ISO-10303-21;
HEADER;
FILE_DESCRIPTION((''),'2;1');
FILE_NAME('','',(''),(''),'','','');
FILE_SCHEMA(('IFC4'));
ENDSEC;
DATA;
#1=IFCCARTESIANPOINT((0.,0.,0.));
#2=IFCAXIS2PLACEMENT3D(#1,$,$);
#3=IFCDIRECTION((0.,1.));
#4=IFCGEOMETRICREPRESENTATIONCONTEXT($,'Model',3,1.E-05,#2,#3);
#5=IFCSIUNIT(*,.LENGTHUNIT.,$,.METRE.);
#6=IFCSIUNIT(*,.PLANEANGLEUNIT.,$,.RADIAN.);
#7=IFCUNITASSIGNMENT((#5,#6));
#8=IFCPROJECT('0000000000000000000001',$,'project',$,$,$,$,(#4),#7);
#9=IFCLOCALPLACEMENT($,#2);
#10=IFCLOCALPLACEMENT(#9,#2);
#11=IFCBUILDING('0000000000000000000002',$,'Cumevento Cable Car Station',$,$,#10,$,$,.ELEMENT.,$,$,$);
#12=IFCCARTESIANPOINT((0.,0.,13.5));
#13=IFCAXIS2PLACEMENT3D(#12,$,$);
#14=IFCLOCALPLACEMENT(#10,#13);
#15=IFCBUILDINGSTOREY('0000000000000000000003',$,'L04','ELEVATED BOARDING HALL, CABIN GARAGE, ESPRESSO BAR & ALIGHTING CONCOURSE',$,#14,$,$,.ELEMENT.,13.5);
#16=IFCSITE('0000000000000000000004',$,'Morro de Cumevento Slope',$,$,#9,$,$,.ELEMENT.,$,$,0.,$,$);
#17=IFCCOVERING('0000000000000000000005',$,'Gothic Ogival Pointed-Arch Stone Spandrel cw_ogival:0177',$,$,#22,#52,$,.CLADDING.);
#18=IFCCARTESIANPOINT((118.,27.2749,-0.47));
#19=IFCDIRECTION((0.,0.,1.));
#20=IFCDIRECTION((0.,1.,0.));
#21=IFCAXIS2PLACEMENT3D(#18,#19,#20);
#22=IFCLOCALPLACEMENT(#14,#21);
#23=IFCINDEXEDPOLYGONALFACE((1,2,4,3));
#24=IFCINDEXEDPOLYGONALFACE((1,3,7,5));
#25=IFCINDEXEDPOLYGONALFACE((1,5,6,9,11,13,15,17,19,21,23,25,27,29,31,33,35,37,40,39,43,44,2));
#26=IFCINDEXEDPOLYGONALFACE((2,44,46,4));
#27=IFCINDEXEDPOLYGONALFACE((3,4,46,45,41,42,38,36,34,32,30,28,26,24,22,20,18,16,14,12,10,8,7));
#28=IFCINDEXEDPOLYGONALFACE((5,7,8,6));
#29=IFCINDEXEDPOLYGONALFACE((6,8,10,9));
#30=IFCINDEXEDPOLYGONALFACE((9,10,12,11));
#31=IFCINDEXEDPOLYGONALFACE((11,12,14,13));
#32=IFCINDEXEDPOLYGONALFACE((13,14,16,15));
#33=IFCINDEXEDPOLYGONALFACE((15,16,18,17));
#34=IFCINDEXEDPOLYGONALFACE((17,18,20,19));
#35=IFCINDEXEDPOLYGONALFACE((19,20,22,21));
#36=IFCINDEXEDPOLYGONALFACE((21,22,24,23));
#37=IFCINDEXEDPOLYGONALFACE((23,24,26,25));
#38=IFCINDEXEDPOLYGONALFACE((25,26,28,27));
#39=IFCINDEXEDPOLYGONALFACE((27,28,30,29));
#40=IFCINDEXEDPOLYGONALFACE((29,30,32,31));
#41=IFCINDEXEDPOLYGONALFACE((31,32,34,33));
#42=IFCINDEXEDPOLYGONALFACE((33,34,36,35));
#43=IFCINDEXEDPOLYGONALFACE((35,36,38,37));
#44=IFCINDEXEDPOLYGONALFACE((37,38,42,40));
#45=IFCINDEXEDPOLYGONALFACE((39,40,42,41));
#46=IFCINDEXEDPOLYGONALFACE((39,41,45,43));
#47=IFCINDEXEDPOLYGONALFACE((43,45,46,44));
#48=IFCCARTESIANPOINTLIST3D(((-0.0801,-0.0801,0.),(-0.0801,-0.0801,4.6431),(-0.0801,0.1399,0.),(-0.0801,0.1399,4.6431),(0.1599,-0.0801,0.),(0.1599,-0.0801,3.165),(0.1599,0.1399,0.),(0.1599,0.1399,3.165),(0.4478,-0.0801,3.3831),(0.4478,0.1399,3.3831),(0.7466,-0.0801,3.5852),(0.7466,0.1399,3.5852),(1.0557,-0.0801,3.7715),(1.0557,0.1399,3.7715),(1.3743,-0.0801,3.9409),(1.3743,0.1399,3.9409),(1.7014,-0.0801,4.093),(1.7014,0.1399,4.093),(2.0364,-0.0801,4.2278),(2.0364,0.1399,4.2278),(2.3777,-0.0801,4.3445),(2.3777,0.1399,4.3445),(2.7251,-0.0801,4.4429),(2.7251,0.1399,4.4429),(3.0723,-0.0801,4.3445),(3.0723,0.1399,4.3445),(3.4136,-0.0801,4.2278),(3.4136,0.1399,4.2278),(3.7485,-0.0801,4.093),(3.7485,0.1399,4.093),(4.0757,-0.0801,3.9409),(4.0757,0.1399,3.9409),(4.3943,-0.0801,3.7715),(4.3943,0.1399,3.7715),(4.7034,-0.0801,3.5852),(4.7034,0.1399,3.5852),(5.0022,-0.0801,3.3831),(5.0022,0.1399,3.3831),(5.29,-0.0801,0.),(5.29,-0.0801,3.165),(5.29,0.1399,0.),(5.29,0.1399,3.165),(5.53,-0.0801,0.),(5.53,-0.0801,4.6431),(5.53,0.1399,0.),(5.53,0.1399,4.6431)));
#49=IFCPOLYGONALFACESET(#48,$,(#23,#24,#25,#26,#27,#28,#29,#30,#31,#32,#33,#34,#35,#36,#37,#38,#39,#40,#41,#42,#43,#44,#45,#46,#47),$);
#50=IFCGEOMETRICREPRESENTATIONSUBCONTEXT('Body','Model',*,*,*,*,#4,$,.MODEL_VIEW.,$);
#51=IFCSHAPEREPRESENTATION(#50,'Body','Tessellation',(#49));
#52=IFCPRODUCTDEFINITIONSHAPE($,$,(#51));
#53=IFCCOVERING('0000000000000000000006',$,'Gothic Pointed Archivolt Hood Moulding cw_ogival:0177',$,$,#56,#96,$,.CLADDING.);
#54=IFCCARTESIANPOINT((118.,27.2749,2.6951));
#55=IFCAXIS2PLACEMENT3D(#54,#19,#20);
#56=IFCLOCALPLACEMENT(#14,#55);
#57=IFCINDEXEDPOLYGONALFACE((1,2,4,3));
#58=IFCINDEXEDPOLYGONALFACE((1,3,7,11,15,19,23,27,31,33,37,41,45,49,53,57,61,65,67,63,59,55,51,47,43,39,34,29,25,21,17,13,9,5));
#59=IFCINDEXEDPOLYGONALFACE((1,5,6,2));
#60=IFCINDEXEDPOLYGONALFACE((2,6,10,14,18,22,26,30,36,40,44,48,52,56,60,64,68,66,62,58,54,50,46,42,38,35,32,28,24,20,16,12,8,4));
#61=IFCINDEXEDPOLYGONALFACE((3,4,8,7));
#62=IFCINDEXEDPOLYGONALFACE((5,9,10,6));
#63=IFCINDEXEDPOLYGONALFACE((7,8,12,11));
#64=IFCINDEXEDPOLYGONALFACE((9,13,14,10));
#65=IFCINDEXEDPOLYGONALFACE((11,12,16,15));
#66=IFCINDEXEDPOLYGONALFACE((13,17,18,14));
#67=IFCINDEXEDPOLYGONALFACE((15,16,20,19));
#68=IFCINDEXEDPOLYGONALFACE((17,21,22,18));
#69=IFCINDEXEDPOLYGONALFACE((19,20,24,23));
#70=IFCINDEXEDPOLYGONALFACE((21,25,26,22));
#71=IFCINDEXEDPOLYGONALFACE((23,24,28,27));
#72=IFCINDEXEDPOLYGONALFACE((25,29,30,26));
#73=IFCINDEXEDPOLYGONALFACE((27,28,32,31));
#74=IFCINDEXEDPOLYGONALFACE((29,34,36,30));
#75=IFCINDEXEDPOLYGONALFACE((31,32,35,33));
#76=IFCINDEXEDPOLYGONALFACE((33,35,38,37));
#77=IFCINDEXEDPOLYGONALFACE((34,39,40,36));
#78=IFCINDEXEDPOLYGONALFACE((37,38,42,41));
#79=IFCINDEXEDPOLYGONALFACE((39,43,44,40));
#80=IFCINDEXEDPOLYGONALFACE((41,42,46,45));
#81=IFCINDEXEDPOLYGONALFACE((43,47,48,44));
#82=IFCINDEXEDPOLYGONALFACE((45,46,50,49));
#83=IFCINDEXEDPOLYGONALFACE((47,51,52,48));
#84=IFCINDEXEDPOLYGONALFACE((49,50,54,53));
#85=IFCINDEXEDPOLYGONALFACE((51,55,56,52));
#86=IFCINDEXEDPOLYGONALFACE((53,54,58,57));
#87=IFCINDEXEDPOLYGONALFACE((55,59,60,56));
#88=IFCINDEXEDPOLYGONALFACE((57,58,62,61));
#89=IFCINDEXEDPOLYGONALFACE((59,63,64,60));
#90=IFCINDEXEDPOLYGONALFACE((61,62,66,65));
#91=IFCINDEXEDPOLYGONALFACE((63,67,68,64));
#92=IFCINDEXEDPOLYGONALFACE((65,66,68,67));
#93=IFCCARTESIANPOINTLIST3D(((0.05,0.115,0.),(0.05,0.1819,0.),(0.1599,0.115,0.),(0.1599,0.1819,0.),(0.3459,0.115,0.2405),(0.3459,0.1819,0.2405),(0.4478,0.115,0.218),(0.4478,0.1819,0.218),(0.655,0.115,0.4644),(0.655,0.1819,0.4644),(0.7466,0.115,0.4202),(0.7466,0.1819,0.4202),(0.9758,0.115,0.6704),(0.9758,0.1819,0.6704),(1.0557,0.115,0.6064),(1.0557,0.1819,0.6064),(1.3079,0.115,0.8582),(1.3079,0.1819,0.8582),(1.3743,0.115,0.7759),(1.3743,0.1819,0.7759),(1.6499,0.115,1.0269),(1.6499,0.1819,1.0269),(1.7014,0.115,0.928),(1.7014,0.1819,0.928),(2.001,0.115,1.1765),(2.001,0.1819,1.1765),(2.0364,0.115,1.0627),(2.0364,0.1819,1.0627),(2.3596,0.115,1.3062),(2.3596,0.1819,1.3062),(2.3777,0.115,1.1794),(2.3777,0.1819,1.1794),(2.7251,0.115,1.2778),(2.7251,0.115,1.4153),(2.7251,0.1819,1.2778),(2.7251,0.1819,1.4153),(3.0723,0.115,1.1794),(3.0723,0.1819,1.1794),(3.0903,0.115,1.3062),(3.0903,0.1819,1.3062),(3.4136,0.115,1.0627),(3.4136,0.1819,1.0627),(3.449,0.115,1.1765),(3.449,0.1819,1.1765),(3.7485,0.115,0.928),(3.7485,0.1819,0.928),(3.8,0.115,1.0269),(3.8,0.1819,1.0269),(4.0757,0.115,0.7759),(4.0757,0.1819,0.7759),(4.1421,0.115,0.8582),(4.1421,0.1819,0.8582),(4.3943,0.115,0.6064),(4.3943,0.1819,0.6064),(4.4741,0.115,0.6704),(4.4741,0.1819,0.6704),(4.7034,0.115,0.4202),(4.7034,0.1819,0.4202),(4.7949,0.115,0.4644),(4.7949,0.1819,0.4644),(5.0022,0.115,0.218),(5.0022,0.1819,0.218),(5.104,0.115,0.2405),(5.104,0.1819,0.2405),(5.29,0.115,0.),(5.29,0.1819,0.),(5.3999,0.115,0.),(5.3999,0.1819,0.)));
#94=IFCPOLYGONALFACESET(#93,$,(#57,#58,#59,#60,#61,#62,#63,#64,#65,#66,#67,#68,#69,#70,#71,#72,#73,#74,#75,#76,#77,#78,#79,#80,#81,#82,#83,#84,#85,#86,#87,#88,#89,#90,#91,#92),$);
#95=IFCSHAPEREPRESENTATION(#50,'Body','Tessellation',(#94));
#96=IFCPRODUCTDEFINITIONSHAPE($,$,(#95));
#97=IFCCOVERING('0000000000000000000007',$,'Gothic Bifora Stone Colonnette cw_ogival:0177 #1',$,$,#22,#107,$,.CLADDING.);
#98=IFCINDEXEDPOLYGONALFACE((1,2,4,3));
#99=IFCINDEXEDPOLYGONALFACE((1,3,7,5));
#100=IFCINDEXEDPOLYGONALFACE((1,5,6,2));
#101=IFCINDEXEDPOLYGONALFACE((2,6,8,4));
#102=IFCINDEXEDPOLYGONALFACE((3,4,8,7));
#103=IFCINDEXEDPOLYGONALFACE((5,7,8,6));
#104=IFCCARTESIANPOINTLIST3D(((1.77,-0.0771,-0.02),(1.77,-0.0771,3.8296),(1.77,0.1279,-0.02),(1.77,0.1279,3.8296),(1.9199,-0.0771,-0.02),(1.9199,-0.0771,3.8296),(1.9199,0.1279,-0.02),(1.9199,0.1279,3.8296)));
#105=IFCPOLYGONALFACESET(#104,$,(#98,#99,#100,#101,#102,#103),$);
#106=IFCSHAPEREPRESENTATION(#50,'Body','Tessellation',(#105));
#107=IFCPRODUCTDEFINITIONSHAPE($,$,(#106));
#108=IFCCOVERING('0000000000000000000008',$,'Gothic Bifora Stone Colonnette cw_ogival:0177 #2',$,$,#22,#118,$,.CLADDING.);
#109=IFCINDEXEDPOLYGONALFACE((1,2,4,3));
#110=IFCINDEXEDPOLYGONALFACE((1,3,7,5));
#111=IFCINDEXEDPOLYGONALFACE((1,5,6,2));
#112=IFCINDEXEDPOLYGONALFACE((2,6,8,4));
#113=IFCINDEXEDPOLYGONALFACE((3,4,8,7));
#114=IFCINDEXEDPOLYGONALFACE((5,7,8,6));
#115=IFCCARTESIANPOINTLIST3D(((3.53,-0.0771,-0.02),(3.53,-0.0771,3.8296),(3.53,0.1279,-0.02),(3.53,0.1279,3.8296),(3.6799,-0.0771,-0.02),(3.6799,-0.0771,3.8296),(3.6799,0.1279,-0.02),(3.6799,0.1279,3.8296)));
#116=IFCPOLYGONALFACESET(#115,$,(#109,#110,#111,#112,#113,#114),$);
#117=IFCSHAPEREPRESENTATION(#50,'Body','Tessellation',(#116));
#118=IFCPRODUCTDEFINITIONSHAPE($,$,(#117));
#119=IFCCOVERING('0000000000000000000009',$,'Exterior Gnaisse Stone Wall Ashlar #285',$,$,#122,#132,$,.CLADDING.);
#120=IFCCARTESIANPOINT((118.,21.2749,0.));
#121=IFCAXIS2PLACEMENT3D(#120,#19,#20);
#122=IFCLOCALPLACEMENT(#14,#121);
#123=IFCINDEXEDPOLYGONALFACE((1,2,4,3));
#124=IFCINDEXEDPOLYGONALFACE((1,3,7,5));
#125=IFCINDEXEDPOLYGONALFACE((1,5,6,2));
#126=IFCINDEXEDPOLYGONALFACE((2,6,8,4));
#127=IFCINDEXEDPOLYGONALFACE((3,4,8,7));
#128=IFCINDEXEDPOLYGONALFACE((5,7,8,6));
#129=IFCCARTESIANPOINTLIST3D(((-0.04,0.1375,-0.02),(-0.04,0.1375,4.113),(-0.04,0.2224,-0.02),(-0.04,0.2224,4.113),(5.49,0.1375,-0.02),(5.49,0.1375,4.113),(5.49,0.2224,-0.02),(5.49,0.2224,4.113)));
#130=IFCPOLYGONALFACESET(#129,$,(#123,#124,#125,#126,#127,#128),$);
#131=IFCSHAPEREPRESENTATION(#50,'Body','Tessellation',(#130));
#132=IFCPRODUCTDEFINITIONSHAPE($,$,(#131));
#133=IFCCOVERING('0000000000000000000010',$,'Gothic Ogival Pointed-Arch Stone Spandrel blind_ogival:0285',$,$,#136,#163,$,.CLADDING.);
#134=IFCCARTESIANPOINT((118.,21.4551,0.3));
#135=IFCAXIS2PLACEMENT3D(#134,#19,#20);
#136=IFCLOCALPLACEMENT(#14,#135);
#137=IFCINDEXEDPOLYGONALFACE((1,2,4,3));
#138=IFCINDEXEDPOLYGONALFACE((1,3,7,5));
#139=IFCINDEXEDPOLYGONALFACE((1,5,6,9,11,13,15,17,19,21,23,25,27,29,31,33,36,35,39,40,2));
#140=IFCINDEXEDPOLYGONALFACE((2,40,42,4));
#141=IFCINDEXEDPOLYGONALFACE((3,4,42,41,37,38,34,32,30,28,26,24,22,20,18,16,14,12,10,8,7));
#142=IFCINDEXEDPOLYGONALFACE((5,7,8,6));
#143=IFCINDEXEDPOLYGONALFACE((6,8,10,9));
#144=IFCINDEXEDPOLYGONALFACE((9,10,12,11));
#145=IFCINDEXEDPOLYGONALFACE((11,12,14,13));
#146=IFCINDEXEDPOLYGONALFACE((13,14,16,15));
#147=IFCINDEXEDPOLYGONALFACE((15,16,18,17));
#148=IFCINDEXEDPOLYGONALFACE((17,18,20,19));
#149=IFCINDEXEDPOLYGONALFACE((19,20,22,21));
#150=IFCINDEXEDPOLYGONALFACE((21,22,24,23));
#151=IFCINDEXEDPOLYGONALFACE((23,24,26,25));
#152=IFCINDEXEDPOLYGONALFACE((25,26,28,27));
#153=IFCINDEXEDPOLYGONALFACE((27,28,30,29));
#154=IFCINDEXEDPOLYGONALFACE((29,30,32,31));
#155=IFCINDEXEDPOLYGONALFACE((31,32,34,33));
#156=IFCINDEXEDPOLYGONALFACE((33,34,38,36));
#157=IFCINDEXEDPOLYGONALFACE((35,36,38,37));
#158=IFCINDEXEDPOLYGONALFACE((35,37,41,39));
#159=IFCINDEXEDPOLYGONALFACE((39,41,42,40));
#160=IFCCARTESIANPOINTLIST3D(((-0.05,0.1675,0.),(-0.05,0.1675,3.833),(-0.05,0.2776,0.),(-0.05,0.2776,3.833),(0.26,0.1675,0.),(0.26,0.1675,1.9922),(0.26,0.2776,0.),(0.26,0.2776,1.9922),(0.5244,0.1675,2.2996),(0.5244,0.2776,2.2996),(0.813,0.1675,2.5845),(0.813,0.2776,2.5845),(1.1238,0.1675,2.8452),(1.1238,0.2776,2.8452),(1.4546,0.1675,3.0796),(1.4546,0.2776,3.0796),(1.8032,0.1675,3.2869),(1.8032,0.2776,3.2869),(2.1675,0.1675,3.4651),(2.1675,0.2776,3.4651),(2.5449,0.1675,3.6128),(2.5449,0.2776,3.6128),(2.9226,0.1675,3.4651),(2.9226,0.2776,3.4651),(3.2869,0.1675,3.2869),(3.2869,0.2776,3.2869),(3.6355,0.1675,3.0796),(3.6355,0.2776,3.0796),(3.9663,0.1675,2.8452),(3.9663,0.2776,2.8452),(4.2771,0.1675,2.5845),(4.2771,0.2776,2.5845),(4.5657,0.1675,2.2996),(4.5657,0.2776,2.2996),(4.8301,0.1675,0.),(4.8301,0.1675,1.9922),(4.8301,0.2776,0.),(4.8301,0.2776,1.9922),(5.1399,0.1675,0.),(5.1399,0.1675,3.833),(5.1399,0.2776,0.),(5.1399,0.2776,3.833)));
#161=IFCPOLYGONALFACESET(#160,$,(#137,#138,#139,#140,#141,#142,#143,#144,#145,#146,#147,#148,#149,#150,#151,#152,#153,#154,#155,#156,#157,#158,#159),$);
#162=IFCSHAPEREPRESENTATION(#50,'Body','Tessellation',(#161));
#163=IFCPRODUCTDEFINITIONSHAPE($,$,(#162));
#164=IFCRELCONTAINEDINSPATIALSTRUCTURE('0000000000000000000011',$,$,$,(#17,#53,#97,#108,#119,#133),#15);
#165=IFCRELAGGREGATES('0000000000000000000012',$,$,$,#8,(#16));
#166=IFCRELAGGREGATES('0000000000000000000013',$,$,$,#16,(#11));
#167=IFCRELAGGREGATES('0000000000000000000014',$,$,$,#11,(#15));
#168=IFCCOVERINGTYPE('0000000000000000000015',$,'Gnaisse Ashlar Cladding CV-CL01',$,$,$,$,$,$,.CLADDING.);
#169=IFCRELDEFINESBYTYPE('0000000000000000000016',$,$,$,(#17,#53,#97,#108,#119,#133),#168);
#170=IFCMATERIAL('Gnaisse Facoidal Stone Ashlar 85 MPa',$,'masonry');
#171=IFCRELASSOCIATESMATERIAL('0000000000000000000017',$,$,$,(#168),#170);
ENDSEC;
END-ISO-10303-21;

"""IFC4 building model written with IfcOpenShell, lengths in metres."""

from ifc_helpers import new_model, si_unit, direction, frame, origin, place, context, subcontext, project, spatial, polyline, outline, extrude, material, type_object, element, save


model = new_model("IFC4")

# Units and contexts
model_context = context("Model", 3, precision=1e-05, world=origin(), true_north=direction((0.0, 1.0)))
body_context = subcontext(model_context, "Body", "Model", "MODEL_VIEW")
ifc_project = project(units=[si_unit("LENGTHUNIT", "METRE"), si_unit("PLANEANGLEUNIT", "RADIAN")], contexts=[model_context])

# Site, building, storey
site_placement = place(None, origin())
site = spatial("IfcSite", under=ifc_project, at=site_placement, Name="Morro de Cumevento Slope", CompositionType="ELEMENT", RefElevation=0.0)
building_placement = place(site_placement, origin())
building = spatial("IfcBuilding", under=site, at=building_placement, Name="Cumevento Cable Car Station", CompositionType="ELEMENT")
storey_placement = place(building_placement, frame((0.0, 0.0, 13.5)))
storey = spatial("IfcBuildingStorey", under=building, at=storey_placement, Name="L04", Description="ELEVATED BOARDING HALL, CABIN GARAGE, ESPRESSO BAR & ALIGHTING CONCOURSE", CompositionType="ELEMENT", Elevation=13.5)

# Coverings
ifc_material_1 = material(Name="Gnaisse Facoidal Stone Ashlar 85 MPa", Category="masonry")
covering_type = type_object("IfcCoveringType", Name="Gnaisse Ashlar Cladding CV-CL01", PredefinedType="CLADDING", material=ifc_material_1)
placement_1 = place(storey_placement, frame((118.0, 27.2749, -0.47), z_axis=(0.0, 0.0, 1.0), x_axis=(0.0, 1.0, 0.0)))
element("IfcCovering", 1, at=placement_1, inside=storey, type_object=covering_type, Name="Gothic Ogival Pointed-Arch Stone Spandrel cw_ogival:0177", PredefinedType="CLADDING", context=body_context, shape_type="SweptSolid", body=[
    extrude(outline(polyline([(-0.0801, 0.0), (-0.0801, 4.6431), (5.53, 4.6431), (5.53, 0.0), (5.29, 0.0), (5.29, 3.165), (5.0022, 3.3831), (4.7034, 3.5852), (4.3943, 3.7715), (4.0757, 3.9409), (3.7485, 4.093), (3.4136, 4.2278), (3.0723, 4.3445), (2.7251, 4.4429), (2.3777, 4.3445), (2.0364, 4.2278), (1.7014, 4.093), (1.3743, 3.9409), (1.0557, 3.7715), (0.7466, 3.5852), (0.4478, 3.3831), (0.1599, 3.165), (0.1599, 0.0), (-0.0801, 0.0)])), frame((0.0, 0.1399, 0.0), z_axis=(0.0, -1.0, 0.0), x_axis=(1.0, 0.0, 0.0)), (0.0, 0.0, 1.0), 0.22),
])
covering_1_placement = place(storey_placement, frame((118.0, 27.2749, 2.6951), z_axis=(0.0, 0.0, 1.0), x_axis=(0.0, 1.0, 0.0)))
element("IfcCovering", 2, at=covering_1_placement, inside=storey, type_object=covering_type, Name="Gothic Pointed Archivolt Hood Moulding cw_ogival:0177", PredefinedType="CLADDING", context=body_context, shape_type="SweptSolid", body=[
    extrude(outline(polyline([(0.1599, 0.0), (0.4478, 0.218), (0.7466, 0.4202), (1.0557, 0.6064), (1.3743, 0.7759), (1.7014, 0.928), (2.0364, 1.0627), (2.3777, 1.1794), (2.7251, 1.2778), (3.0723, 1.1794), (3.4136, 1.0627), (3.7485, 0.928), (4.0757, 0.7759), (4.3943, 0.6064), (4.7034, 0.4202), (5.0022, 0.218), (5.29, 0.0), (5.3999, 0.0), (5.104, 0.2405), (4.7949, 0.4644), (4.4741, 0.6704), (4.1421, 0.8582), (3.8, 1.0269), (3.449, 1.1765), (3.0903, 1.3062), (2.7251, 1.4153), (2.3596, 1.3062), (2.001, 1.1765), (1.6499, 1.0269), (1.3079, 0.8582), (0.9758, 0.6704), (0.655, 0.4644), (0.3459, 0.2405), (0.05, 0.0), (0.1599, 0.0)])), frame((0.0, 0.1819, 0.0), z_axis=(0.0, -1.0, 0.0), x_axis=(1.0, 0.0, 0.0)), (0.0, 0.0, 1.0), 0.0669),
])
element("IfcCovering", 3, at=placement_1, inside=storey, type_object=covering_type, Name="Gothic Bifora Stone Colonnette cw_ogival:0177 #1", PredefinedType="CLADDING", context=body_context, shape_type="SweptSolid", body=[
    extrude(outline(polyline([(1.77, -0.02), (1.9199, -0.02), (1.9199, 3.8296), (1.77, 3.8296), (1.77, -0.02)])), frame((0.0, 0.1279, 0.0), z_axis=(0.0, -1.0, 0.0), x_axis=(1.0, 0.0, 0.0)), (0.0, 0.0, 1.0), 0.2051),
])
element("IfcCovering", 4, at=placement_1, inside=storey, type_object=covering_type, Name="Gothic Bifora Stone Colonnette cw_ogival:0177 #2", PredefinedType="CLADDING", context=body_context, shape_type="SweptSolid", body=[
    extrude(outline(polyline([(3.53, -0.02), (3.6799, -0.02), (3.6799, 3.8296), (3.53, 3.8296), (3.53, -0.02)])), frame((0.0, 0.1279, 0.0), z_axis=(0.0, -1.0, 0.0), x_axis=(1.0, 0.0, 0.0)), (0.0, 0.0, 1.0), 0.2051),
])
covering_2_placement = place(storey_placement, frame((118.0, 21.2749, 0.0), z_axis=(0.0, 0.0, 1.0), x_axis=(0.0, 1.0, 0.0)))
element("IfcCovering", 5, at=covering_2_placement, inside=storey, type_object=covering_type, Name="Exterior Gnaisse Stone Wall Ashlar #285", PredefinedType="CLADDING", context=body_context, shape_type="SweptSolid", body=[
    extrude(outline(polyline([(-0.04, -0.02), (5.49, -0.02), (5.49, 4.113), (-0.04, 4.113), (-0.04, -0.02)])), frame((0.0, 0.2224, 0.0), z_axis=(0.0, -1.0, 0.0), x_axis=(1.0, 0.0, 0.0)), (0.0, 0.0, 1.0), 0.085),
])
placement_2 = place(storey_placement, frame((118.0, 21.4551, 0.3), z_axis=(0.0, 0.0, 1.0), x_axis=(0.0, 1.0, 0.0)))
element("IfcCovering", 6, at=placement_2, inside=storey, type_object=covering_type, Name="Gothic Ogival Pointed-Arch Stone Spandrel blind_ogival:0285", PredefinedType="CLADDING", context=body_context, shape_type="SweptSolid", body=[
    extrude(outline(polyline([(-0.05, 0.0), (-0.05, 3.833), (5.1399, 3.833), (5.1399, 0.0), (4.8301, 0.0), (4.8301, 1.9922), (4.5657, 2.2996), (4.2771, 2.5845), (3.9663, 2.8452), (3.6355, 3.0796), (3.2869, 3.2869), (2.9226, 3.4651), (2.5449, 3.6128), (2.1675, 3.4651), (1.8032, 3.2869), (1.4546, 3.0796), (1.1238, 2.8452), (0.813, 2.5845), (0.5244, 2.2996), (0.26, 1.9922), (0.26, 0.0), (-0.05, 0.0)])), frame((0.0, 0.2776, 0.0), z_axis=(0.0, -1.0, 0.0), x_axis=(1.0, 0.0, 0.0)), (0.0, 0.0, 1.0), 0.1101),
])

save(model, "model.ifc")
